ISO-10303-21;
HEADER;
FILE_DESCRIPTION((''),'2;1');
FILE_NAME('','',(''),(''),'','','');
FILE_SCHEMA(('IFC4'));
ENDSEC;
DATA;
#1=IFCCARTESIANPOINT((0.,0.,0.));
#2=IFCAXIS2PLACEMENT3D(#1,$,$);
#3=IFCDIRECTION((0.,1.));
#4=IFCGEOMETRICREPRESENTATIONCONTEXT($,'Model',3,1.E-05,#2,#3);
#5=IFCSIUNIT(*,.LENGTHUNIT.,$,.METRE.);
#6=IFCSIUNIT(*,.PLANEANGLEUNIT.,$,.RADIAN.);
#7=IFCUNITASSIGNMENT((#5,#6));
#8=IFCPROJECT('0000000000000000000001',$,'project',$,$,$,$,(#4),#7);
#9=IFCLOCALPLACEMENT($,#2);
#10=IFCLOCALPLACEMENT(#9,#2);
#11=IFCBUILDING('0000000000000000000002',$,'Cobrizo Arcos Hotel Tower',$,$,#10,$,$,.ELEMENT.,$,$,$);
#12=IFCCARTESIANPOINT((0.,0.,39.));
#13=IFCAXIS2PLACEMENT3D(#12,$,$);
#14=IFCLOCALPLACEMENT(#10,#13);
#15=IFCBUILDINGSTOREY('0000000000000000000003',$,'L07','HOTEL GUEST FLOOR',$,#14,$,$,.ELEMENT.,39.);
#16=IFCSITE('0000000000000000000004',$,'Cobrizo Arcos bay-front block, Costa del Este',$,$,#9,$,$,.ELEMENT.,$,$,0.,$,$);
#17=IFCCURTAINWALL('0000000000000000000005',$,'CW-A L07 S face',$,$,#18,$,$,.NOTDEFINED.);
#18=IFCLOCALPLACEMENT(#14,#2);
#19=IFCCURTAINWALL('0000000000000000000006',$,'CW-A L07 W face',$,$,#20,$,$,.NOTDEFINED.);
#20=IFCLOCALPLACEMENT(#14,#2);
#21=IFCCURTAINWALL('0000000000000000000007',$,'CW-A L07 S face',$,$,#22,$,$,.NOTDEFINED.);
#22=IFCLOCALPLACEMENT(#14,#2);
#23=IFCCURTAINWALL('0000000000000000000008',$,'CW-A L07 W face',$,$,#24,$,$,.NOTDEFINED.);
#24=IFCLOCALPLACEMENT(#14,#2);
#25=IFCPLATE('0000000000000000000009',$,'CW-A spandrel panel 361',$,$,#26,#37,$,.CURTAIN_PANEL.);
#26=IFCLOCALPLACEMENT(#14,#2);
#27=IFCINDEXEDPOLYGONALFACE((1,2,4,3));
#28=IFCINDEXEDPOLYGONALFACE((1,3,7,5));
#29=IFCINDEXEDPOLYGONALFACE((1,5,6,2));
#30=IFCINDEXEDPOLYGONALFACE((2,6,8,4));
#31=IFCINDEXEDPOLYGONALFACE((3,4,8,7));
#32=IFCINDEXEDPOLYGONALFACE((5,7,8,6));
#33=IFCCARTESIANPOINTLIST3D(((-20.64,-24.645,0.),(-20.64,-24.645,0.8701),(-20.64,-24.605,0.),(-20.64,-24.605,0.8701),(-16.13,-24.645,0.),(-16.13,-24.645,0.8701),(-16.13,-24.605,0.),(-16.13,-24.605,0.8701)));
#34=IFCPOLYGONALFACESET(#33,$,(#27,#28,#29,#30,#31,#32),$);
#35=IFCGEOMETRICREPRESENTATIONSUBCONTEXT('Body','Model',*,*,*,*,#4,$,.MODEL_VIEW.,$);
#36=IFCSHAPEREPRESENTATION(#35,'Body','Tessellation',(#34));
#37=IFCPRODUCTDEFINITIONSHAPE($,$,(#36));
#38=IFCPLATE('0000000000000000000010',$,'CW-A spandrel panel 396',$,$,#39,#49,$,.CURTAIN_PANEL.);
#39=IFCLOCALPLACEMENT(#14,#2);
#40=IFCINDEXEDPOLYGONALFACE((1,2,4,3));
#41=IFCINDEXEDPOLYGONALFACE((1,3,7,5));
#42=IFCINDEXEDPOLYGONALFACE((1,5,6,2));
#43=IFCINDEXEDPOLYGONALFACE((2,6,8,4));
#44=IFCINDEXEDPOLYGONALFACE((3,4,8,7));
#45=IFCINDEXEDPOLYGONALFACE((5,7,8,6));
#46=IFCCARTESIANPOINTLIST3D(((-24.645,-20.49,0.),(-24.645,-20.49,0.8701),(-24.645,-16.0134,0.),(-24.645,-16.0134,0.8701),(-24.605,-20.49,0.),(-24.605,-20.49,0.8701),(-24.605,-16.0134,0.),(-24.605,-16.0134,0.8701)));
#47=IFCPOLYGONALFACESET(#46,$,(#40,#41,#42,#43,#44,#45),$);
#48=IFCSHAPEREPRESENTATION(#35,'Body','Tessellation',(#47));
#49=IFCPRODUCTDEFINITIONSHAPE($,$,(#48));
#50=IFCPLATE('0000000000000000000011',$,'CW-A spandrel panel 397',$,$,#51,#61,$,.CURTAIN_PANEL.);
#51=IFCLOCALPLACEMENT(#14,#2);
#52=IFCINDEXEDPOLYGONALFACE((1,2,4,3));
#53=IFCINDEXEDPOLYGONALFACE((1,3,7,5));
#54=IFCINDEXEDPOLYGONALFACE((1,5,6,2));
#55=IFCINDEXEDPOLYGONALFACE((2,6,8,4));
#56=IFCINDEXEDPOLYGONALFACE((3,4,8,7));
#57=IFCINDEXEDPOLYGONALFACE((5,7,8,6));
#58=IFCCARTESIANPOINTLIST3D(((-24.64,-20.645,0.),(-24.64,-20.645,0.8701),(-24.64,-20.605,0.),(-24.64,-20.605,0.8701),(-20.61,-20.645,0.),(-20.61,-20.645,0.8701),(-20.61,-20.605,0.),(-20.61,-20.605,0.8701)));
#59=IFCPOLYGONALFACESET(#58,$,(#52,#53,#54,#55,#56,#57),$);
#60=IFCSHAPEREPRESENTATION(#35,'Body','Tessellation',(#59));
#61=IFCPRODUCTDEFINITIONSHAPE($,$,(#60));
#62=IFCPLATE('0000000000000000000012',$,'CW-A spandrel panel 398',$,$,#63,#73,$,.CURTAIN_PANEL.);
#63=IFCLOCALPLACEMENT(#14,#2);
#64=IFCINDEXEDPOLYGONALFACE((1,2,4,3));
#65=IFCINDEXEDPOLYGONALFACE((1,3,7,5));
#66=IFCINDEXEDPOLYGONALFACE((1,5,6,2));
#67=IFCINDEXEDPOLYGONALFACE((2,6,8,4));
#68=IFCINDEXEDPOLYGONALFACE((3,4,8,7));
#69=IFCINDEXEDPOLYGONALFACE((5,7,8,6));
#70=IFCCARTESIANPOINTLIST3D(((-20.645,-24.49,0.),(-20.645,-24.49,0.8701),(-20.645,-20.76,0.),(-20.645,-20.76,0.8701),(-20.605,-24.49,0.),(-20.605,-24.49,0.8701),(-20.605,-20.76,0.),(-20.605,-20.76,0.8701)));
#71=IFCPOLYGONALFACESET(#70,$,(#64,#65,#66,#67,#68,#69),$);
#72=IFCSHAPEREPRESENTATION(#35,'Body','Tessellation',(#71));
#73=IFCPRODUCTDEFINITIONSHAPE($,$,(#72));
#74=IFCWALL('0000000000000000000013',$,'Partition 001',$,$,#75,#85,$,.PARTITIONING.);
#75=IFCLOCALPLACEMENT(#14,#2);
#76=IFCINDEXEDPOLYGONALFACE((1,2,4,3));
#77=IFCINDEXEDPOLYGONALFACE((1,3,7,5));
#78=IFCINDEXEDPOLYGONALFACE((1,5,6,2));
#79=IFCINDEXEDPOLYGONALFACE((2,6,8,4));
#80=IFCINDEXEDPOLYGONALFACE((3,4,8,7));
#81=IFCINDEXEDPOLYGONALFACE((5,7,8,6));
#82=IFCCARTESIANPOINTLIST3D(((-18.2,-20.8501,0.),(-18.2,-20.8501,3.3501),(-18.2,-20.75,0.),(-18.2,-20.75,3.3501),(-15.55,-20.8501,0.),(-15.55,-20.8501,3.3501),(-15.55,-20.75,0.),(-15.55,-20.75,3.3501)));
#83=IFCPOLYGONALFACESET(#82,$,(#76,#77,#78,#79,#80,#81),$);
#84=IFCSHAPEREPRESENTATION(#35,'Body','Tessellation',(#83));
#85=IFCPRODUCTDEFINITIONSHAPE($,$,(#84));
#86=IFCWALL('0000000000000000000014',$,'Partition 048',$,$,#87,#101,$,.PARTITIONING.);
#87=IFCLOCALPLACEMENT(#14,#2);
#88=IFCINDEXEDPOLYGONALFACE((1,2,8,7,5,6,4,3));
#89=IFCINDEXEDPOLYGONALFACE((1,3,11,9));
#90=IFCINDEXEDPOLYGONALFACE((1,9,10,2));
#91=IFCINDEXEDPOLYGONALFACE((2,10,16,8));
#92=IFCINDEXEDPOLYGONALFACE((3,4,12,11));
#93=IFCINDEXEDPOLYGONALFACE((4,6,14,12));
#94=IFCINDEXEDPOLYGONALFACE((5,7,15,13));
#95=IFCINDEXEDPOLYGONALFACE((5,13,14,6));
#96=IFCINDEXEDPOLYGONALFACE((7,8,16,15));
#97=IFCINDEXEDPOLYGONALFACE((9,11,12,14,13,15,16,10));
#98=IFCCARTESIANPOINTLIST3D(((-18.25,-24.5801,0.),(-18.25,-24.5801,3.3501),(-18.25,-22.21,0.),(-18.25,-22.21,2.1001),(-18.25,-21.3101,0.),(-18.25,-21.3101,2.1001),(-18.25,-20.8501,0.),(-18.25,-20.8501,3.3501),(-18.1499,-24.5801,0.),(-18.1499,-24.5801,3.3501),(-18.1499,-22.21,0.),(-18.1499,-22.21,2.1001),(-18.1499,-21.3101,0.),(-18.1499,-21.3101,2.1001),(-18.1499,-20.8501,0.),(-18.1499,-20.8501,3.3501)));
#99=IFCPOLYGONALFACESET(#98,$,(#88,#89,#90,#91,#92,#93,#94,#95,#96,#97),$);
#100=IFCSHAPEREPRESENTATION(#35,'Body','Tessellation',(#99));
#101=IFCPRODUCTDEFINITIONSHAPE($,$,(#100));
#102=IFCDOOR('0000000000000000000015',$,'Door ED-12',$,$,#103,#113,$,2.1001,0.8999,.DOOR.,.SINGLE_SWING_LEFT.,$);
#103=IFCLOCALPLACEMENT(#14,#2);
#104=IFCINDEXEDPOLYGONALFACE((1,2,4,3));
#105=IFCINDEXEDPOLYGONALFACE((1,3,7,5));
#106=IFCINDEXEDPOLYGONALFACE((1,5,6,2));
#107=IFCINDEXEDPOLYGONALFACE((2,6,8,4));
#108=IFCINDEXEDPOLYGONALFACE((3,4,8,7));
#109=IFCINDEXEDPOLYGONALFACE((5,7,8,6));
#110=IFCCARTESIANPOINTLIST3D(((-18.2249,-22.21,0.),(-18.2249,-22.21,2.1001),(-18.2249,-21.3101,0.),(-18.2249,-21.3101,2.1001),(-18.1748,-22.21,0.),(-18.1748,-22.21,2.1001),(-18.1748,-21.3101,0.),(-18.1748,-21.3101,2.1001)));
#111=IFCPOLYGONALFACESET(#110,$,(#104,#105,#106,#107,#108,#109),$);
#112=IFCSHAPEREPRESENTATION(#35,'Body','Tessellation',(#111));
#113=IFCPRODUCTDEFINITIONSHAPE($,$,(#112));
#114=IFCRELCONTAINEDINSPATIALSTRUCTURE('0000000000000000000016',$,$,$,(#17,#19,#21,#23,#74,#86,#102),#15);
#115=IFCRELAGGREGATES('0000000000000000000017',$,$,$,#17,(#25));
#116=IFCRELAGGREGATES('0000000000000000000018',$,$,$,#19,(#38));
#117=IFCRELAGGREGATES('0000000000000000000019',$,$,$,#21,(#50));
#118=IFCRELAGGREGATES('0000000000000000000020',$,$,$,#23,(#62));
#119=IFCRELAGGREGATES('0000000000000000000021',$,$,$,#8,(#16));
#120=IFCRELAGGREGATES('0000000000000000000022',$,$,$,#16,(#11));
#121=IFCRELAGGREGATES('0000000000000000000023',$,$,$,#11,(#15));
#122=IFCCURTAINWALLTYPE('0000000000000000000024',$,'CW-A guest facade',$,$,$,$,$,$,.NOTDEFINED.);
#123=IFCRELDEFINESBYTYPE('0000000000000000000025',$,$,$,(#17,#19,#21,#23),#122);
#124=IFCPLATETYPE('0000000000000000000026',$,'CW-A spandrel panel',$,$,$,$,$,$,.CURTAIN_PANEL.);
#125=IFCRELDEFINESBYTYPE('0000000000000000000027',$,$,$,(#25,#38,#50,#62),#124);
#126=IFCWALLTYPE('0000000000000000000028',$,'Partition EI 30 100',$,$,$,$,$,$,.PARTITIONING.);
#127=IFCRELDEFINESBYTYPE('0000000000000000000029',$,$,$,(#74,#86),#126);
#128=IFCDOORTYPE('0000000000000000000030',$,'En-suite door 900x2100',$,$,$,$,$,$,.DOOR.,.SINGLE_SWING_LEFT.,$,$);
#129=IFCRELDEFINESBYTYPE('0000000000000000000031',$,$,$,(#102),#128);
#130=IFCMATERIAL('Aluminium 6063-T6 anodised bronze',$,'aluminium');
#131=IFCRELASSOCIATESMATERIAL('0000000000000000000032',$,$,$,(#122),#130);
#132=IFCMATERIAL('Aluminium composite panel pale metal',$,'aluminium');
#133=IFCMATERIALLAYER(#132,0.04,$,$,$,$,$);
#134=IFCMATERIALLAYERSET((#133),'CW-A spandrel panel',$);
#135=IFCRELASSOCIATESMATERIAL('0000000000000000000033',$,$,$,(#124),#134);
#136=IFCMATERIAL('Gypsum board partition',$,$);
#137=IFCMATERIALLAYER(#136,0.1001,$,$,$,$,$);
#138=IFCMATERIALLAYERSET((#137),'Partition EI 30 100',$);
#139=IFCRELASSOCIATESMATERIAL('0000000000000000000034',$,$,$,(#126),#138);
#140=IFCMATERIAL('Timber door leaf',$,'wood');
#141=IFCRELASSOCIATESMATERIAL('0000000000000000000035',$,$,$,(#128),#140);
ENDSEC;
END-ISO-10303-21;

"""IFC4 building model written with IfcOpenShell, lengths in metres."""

from ifc_helpers import new_model, si_unit, direction, frame, frame_2d, origin, origin_2d, place, context, subcontext, project, spatial, rectangle, extrude, material, layer, layer_set, type_object, element, fill, aggregate, save


model = new_model("IFC4")

# Units and contexts
model_context = context("Model", 3, precision=1e-05, world=origin(), true_north=direction((0.0, 1.0)))
body_context = subcontext(model_context, "Body", "Model", "MODEL_VIEW")
ifc_project = project(units=[si_unit("LENGTHUNIT", "METRE"), si_unit("PLANEANGLEUNIT", "RADIAN")], contexts=[model_context])

# Site, building, storey
site_placement = place(None, origin())
site = spatial("IfcSite", under=ifc_project, at=site_placement, Name="Cobrizo Arcos bay-front block, Costa del Este", CompositionType="ELEMENT", RefElevation=0.0)
building_placement = place(site_placement, origin())
building = spatial("IfcBuilding", under=site, at=building_placement, Name="Cobrizo Arcos Hotel Tower", CompositionType="ELEMENT")
storey_placement = place(building_placement, frame((0.0, 0.0, 39.0)))
storey = spatial("IfcBuildingStorey", under=building, at=storey_placement, Name="L07", Description="HOTEL GUEST FLOOR", CompositionType="ELEMENT", Elevation=39.0)

# Curtain walls
ifc_material_1 = material(Name="Aluminium 6063-T6 anodised bronze", Category="aluminium")
curtain_wall_type = type_object("IfcCurtainWallType", Name="CW-A guest facade", PredefinedType="NOTDEFINED", material=ifc_material_1)
curtain_wall_1_placement = place(storey_placement, origin())
curtain_wall_1 = element("IfcCurtainWall", 1, at=curtain_wall_1_placement, inside=storey, type_object=curtain_wall_type, Name="CW-A L07 S face", PredefinedType="NOTDEFINED")
curtain_wall_2_placement = place(storey_placement, origin())
curtain_wall_2 = element("IfcCurtainWall", 2, at=curtain_wall_2_placement, inside=storey, type_object=curtain_wall_type, Name="CW-A L07 W face", PredefinedType="NOTDEFINED")

# Curtain walls
curtain_wall_3_placement = place(storey_placement, origin())
curtain_wall_3 = element("IfcCurtainWall", 3, at=curtain_wall_3_placement, inside=storey, type_object=curtain_wall_type, Name="CW-A L07 S face", PredefinedType="NOTDEFINED")
curtain_wall_4_placement = place(storey_placement, origin())
curtain_wall_4 = element("IfcCurtainWall", 4, at=curtain_wall_4_placement, inside=storey, type_object=curtain_wall_type, Name="CW-A L07 W face", PredefinedType="NOTDEFINED")

# Plates
ifc_material_2 = material(Name="Aluminium composite panel pale metal", Category="aluminium")
ifc_layer_1 = layer(ifc_material_2, 0.04)
ifc_layer_set_1 = layer_set([ifc_layer_1], Name="CW-A spandrel panel")
plate_type_1 = type_object("IfcPlateType", Name="CW-A spandrel panel", PredefinedType="CURTAIN_PANEL", material=ifc_layer_set_1)
plate_1_placement = place(storey_placement, frame((-18.385, -24.625, 0.0), z_axis=(0.0, 0.0, 1.0), x_axis=(1.0, 0.0, 0.0)))
plate_1 = element("IfcPlate", 5, at=plate_1_placement, type_object=plate_type_1, Name="CW-A spandrel panel 361", PredefinedType="CURTAIN_PANEL", context=body_context, shape_type="SweptSolid", body=[
    extrude(rectangle(XDim=4.51, YDim=0.04, at=origin_2d()), origin(), (0.0, 0.0, 1.0), 0.8701),
])
aggregate(curtain_wall_1, [plate_1])
plate_2_placement = place(storey_placement, frame((-24.625, -18.2517, 0.0), z_axis=(0.0, 0.0, 1.0), x_axis=(0.0, -1.0, 0.0)))
plate_2 = element("IfcPlate", 6, at=plate_2_placement, type_object=plate_type_1, Name="CW-A spandrel panel 396", PredefinedType="CURTAIN_PANEL", context=body_context, shape_type="SweptSolid", body=[
    extrude(rectangle(XDim=4.4766, YDim=0.04, at=origin_2d()), origin(), (0.0, 0.0, 1.0), 0.8701),
])
aggregate(curtain_wall_2, [plate_2])
plate_3_placement = place(storey_placement, frame((-22.625, -20.625, 0.0), z_axis=(0.0, 0.0, 1.0), x_axis=(1.0, 0.0, 0.0)))
plate_3 = element("IfcPlate", 7, at=plate_3_placement, type_object=plate_type_1, Name="CW-A spandrel panel 397", PredefinedType="CURTAIN_PANEL", context=body_context, shape_type="SweptSolid", body=[
    extrude(rectangle(XDim=4.03, YDim=0.04, at=origin_2d()), origin(), (0.0, 0.0, 1.0), 0.8701),
])
aggregate(curtain_wall_3, [plate_3])
plate_4_placement = place(storey_placement, frame((-20.625, -22.625, 0.0), z_axis=(0.0, 0.0, 1.0), x_axis=(0.0, -1.0, 0.0)))
plate_4 = element("IfcPlate", 8, at=plate_4_placement, type_object=plate_type_1, Name="CW-A spandrel panel 398", PredefinedType="CURTAIN_PANEL", context=body_context, shape_type="SweptSolid", body=[
    extrude(rectangle(XDim=3.73, YDim=0.04, at=origin_2d()), origin(), (0.0, 0.0, 1.0), 0.8701),
])
aggregate(curtain_wall_4, [plate_4])

# Wall
ifc_material_3 = material(Name="Gypsum board partition")
ifc_layer_2 = layer(ifc_material_3, 0.1001)
ifc_layer_set_2 = layer_set([ifc_layer_2], Name="Partition EI 30 100")
wall_type = type_object("IfcWallType", Name="Partition EI 30 100", PredefinedType="PARTITIONING", material=ifc_layer_set_2)
wall_1_placement = place(storey_placement, frame((-18.2, -20.8, 0.0), z_axis=(0.0, 0.0, 1.0), x_axis=(1.0, 0.0, 0.0)))
element("IfcWall", 9, at=wall_1_placement, inside=storey, type_object=wall_type, Name="Partition 001", PredefinedType="PARTITIONING", context=body_context, shape_type="SweptSolid", body=[
    extrude(rectangle(XDim=2.6499, YDim=0.1001, at=frame_2d((1.325, 0.0))), origin(), (0.0, 0.0, 1.0), 3.3501),
])

# Wall, opening, door
wall_2_placement = place(storey_placement, frame((-18.2, -24.5801, 0.0), z_axis=(0.0, 0.0, 1.0), x_axis=(0.0, 1.0, 0.0)))
wall_2 = element("IfcWall", 10, at=wall_2_placement, inside=storey, type_object=wall_type, Name="Partition 048", PredefinedType="PARTITIONING", context=body_context, shape_type="SweptSolid", body=[
    extrude(rectangle(XDim=3.73, YDim=0.1001, at=frame_2d((1.865, 0.0))), origin(), (0.0, 0.0, 1.0), 3.3501),
])
opening_placement = place(wall_2_placement, frame((2.3701, 0.0, 0.0)))
opening = element("IfcOpeningElement", 11, at=opening_placement, cuts=wall_2, PredefinedType="OPENING", context=body_context, shape_type="SweptSolid", body=[
    extrude(rectangle(XDim=0.8999, YDim=2.1001, at=frame_2d((0.45, 1.05))), frame((0.0, 0.062, 0.0), z_axis=(0.0, -1.0, 0.0), x_axis=(1.0, 0.0, 0.0)), (0.0, 0.0, 1.0), 0.124),
])
ifc_material_4 = material(Name="Timber door leaf", Category="wood")
door_type = type_object("IfcDoorType", Name="En-suite door 900x2100", OperationType="SINGLE_SWING_LEFT", PredefinedType="DOOR", material=ifc_material_4)
door_placement = place(opening_placement, origin())
door = element("IfcDoor", 12, at=door_placement, inside=storey, type_object=door_type, Name="Door ED-12", OperationType="SINGLE_SWING_LEFT", OverallHeight=2.1001, OverallWidth=0.8999, PredefinedType="DOOR", context=body_context, shape_type="SweptSolid", body=[
    extrude(rectangle(XDim=0.8999, YDim=2.1001, at=frame_2d((0.45, 1.05))), frame((0.0, 0.0249, 0.0), z_axis=(0.0, -1.0, 0.0), x_axis=(1.0, 0.0, 0.0)), (0.0, 0.0, 1.0), 0.05),
])
fill(opening, door)

save(model, "model.ifc")
